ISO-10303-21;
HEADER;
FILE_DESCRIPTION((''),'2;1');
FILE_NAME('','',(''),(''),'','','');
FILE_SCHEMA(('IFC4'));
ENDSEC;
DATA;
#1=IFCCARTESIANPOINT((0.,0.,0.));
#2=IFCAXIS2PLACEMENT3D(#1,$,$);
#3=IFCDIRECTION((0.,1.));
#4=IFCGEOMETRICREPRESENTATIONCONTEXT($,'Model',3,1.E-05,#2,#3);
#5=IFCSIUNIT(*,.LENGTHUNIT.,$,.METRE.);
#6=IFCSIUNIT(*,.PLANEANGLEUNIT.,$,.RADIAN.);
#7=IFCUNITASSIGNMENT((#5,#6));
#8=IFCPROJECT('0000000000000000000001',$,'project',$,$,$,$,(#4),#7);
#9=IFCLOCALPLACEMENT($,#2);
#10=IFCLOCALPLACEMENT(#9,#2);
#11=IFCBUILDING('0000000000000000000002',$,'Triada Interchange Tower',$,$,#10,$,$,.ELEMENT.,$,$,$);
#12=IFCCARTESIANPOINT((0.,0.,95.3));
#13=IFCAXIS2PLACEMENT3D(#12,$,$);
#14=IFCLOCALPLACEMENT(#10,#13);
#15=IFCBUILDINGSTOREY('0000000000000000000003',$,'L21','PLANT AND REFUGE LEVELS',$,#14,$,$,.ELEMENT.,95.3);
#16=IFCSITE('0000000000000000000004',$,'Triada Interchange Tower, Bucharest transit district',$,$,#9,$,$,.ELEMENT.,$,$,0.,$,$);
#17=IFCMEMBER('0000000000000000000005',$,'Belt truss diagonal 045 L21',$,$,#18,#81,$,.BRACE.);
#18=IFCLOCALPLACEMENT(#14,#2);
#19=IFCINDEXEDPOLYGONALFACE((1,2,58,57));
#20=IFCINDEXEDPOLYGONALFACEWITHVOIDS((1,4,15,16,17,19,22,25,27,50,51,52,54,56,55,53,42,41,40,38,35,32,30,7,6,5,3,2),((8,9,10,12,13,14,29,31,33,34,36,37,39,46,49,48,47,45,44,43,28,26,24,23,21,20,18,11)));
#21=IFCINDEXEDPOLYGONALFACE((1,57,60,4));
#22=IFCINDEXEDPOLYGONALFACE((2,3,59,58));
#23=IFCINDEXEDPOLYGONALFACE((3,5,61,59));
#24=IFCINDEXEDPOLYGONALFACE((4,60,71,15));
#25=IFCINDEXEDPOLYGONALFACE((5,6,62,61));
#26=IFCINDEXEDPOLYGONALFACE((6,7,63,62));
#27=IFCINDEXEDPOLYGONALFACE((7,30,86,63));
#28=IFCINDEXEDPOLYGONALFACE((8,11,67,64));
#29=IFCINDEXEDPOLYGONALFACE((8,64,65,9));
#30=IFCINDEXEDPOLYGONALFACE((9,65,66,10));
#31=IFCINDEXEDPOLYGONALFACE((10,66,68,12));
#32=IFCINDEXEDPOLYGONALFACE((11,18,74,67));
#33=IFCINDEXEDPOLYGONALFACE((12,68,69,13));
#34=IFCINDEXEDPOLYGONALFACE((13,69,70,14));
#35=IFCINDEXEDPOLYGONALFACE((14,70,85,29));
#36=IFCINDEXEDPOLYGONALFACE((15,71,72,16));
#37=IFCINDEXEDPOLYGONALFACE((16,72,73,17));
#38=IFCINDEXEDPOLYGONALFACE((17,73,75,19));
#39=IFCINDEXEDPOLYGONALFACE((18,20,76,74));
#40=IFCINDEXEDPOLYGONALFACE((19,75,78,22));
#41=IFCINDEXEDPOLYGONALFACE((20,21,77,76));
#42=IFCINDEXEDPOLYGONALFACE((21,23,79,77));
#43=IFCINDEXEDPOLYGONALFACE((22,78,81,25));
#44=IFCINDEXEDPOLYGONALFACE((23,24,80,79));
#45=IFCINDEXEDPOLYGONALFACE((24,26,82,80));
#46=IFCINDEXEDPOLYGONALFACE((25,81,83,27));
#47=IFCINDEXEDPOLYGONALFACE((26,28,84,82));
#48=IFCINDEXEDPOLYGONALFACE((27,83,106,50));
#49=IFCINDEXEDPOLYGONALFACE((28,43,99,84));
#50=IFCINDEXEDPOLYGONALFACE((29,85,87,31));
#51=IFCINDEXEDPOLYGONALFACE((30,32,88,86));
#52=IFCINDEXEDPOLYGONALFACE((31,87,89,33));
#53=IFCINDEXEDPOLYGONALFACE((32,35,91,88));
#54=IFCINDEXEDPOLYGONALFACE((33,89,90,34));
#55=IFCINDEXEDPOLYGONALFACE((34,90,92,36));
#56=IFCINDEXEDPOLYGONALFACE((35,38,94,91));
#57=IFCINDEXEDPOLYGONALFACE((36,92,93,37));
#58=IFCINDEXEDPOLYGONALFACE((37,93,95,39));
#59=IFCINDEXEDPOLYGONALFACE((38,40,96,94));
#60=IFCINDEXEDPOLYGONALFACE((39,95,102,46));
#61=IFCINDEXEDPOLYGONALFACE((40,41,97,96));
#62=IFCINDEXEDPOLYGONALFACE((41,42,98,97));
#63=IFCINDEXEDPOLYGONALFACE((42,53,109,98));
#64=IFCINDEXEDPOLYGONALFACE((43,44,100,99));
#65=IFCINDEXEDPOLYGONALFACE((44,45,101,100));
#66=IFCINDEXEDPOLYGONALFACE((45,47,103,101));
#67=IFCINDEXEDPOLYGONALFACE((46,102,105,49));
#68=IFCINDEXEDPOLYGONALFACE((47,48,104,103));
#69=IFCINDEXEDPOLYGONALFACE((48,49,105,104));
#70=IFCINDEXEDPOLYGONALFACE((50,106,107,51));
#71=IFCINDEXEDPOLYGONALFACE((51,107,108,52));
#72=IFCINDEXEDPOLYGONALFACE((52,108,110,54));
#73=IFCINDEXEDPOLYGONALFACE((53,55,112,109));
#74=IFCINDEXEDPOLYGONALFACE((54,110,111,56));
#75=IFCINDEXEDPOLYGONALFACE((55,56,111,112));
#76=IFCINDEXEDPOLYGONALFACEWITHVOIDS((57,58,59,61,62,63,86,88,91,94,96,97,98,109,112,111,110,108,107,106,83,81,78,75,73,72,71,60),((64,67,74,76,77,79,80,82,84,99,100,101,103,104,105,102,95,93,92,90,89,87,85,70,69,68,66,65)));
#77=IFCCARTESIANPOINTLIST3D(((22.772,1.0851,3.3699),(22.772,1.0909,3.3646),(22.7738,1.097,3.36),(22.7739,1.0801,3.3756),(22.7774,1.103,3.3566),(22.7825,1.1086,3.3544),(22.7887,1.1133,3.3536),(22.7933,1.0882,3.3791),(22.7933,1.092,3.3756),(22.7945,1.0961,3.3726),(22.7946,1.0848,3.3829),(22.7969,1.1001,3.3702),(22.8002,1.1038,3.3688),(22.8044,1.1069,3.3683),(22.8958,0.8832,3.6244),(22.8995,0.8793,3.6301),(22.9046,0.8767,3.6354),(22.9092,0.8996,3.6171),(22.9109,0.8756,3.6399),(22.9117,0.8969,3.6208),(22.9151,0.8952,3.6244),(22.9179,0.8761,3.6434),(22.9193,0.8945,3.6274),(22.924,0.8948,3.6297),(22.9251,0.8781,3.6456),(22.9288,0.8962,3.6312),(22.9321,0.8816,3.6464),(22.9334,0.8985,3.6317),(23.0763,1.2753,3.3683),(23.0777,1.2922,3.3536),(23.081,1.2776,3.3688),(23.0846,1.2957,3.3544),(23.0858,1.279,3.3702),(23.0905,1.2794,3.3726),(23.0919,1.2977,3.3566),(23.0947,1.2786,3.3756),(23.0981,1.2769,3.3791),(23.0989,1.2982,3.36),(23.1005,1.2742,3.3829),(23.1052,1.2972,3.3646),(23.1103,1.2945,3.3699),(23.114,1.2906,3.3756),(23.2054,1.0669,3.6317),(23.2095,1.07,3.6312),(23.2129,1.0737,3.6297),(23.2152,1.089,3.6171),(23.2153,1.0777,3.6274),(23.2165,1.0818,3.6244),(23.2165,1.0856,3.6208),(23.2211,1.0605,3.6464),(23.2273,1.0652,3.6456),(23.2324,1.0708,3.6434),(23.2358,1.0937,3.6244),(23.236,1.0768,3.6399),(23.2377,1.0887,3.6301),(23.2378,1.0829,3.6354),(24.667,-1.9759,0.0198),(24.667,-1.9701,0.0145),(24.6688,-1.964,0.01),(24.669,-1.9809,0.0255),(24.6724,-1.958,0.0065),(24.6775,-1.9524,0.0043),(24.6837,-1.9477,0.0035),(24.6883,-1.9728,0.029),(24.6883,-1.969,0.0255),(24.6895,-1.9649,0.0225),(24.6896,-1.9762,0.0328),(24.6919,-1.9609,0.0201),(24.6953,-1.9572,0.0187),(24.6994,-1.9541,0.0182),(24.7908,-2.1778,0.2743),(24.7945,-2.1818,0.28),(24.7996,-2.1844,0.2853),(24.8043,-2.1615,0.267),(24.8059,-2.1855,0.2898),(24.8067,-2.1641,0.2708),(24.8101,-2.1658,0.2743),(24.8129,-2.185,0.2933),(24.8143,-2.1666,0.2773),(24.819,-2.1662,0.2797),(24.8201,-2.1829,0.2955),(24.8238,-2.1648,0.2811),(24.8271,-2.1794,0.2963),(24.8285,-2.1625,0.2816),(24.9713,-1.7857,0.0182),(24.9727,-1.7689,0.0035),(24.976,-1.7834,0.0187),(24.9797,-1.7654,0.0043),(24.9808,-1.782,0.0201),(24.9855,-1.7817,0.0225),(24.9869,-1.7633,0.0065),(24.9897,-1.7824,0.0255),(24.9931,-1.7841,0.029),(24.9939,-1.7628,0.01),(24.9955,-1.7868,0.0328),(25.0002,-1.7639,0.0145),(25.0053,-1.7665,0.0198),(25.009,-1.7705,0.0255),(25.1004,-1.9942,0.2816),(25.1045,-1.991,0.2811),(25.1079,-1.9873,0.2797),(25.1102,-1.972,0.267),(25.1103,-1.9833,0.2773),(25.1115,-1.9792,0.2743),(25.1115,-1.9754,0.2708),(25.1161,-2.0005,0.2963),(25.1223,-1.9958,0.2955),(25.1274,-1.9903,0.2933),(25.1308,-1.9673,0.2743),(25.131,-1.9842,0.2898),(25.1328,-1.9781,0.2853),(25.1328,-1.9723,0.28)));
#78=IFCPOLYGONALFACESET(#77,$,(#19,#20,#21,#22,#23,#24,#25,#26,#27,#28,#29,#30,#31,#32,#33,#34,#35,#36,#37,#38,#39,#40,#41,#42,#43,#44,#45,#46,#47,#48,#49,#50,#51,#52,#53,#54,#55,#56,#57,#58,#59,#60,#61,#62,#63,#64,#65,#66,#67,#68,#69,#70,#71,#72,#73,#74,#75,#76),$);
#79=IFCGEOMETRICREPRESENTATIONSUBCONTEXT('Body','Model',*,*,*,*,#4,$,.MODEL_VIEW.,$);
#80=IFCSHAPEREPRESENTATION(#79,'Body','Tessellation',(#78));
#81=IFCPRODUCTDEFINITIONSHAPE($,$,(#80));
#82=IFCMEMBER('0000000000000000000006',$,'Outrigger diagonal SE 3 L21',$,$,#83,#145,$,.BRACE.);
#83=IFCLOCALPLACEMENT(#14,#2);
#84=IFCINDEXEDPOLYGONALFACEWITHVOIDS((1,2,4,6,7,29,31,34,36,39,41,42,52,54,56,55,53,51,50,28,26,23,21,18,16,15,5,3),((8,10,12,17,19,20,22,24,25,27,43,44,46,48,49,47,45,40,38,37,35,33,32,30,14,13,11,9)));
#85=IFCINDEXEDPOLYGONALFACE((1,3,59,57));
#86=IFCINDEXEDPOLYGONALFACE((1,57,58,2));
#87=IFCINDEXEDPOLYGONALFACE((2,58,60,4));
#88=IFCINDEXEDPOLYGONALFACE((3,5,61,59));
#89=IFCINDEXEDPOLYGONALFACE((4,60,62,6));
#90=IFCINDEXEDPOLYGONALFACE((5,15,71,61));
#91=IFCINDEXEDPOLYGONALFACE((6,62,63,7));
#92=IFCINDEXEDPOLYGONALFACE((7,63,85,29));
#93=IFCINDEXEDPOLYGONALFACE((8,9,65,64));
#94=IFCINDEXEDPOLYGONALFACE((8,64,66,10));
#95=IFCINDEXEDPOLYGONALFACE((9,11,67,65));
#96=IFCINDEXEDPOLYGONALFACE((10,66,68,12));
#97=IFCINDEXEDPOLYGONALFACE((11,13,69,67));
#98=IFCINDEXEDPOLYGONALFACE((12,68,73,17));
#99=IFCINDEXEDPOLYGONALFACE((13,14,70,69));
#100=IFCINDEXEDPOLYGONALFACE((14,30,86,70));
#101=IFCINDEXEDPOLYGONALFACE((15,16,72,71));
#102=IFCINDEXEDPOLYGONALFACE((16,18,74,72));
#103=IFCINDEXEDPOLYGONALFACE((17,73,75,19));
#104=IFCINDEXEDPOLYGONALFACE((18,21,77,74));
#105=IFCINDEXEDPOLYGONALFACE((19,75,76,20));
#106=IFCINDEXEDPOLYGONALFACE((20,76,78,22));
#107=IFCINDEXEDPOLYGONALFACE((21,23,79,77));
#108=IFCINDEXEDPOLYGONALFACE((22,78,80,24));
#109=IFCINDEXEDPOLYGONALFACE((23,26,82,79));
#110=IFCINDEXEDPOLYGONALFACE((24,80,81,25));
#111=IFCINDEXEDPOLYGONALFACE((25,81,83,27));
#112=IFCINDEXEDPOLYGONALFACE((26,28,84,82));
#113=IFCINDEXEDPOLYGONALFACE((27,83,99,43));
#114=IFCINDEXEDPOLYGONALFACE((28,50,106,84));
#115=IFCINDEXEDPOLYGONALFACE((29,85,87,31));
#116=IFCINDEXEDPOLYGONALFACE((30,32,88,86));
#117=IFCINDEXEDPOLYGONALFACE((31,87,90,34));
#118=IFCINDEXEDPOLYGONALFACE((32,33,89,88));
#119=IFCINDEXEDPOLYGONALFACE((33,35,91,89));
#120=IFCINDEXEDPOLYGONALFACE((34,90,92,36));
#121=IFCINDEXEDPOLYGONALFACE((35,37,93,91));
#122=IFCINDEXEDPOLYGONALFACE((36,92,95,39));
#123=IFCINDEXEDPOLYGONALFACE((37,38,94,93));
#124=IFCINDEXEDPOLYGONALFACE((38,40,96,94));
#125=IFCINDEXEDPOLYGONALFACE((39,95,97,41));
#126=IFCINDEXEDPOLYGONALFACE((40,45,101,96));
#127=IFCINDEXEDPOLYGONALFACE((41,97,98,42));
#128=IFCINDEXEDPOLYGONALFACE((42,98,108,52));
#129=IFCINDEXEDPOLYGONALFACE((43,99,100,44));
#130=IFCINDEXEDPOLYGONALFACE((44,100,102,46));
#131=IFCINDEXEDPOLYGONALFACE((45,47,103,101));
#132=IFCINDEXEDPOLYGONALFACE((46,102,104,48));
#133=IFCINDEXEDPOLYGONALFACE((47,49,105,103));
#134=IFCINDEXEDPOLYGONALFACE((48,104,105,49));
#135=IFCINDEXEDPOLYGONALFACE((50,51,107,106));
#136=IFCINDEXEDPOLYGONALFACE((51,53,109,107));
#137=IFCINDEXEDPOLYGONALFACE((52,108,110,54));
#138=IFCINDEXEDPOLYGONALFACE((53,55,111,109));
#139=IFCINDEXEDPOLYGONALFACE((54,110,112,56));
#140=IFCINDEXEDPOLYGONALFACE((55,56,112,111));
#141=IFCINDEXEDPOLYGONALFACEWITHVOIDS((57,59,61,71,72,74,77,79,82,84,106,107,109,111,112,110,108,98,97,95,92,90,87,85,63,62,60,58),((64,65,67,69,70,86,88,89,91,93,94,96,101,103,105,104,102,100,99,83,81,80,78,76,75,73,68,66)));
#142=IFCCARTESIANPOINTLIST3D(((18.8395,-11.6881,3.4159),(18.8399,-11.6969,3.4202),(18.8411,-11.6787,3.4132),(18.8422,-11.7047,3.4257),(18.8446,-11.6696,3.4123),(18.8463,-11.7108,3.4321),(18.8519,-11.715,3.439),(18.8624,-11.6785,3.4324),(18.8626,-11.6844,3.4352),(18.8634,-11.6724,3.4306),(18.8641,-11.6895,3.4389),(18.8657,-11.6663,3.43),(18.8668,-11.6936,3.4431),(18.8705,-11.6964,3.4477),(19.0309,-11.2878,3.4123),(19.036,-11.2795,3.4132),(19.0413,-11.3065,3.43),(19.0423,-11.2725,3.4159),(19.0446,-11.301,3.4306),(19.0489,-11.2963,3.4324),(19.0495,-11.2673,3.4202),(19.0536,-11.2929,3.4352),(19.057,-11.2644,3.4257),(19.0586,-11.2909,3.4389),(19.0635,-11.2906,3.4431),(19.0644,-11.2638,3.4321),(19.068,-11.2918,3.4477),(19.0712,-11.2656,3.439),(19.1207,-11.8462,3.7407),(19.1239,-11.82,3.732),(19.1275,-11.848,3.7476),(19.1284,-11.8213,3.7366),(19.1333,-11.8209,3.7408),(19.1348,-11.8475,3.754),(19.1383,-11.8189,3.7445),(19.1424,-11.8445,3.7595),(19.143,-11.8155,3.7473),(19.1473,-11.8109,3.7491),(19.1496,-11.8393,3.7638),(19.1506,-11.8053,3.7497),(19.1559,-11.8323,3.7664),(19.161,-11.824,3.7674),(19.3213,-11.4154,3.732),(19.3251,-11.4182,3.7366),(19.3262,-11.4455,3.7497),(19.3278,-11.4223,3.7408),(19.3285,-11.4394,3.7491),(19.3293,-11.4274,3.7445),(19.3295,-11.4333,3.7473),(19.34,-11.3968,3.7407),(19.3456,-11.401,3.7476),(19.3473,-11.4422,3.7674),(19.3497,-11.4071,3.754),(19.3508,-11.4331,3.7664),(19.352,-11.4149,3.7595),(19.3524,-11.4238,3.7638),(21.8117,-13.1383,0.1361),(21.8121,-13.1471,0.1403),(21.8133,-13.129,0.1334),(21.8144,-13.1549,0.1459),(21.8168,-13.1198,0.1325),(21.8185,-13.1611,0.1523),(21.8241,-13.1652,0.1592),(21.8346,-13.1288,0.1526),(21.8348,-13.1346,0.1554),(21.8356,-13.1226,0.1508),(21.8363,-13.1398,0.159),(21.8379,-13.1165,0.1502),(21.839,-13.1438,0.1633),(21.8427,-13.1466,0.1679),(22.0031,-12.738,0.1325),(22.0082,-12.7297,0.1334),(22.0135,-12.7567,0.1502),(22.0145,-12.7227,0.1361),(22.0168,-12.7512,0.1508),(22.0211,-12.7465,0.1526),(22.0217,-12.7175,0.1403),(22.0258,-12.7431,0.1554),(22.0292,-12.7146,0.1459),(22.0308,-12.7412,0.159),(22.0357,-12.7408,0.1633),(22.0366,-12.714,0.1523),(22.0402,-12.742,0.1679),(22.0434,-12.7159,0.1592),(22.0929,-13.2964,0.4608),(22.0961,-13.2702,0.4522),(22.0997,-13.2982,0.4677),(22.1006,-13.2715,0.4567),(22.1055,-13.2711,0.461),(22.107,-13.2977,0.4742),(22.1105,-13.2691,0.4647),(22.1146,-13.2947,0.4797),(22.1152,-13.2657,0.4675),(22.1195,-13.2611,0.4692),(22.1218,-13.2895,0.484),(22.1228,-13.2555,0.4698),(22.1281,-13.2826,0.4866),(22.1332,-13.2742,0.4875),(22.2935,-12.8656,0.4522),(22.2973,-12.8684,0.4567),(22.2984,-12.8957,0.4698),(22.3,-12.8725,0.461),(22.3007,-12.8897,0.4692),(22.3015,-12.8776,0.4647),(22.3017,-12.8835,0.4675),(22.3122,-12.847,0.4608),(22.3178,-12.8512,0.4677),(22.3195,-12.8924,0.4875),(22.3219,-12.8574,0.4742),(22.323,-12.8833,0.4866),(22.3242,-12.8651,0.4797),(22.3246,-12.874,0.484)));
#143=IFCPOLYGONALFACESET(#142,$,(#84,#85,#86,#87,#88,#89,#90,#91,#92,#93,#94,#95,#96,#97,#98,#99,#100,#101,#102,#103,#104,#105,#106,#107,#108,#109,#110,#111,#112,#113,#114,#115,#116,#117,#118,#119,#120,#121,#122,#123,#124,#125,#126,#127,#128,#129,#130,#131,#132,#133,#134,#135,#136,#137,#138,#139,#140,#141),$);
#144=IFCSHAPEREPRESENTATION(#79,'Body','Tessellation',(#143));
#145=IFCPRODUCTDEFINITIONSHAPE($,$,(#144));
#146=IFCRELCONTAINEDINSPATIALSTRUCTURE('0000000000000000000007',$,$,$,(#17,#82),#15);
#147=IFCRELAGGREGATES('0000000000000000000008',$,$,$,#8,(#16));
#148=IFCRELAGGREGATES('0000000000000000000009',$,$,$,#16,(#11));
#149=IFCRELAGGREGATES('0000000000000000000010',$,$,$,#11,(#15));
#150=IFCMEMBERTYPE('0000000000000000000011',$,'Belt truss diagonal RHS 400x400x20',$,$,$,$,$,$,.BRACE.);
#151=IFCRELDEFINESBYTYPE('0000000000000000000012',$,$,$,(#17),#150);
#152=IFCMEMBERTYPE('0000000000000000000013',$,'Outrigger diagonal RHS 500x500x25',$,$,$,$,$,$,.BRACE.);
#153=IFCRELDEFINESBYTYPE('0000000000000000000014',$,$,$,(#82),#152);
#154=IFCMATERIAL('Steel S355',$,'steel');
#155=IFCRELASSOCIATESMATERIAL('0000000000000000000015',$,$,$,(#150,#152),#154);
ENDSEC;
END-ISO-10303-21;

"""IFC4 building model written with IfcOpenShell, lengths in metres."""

from ifc_helpers import new_model, si_unit, direction, frame, origin, origin_2d, place, context, subcontext, project, spatial, hollow_rectangle, extrude, material, material_profile, profile_set, type_object, element, save


model = new_model("IFC4")

# Units and contexts
model_context = context("Model", 3, precision=1e-05, world=origin(), true_north=direction((0.0, 1.0)))
body_context = subcontext(model_context, "Body", "Model", "MODEL_VIEW")
ifc_project = project(units=[si_unit("LENGTHUNIT", "METRE"), si_unit("PLANEANGLEUNIT", "RADIAN")], contexts=[model_context])

# Site, building, storey
site_placement = place(None, origin())
site = spatial("IfcSite", under=ifc_project, at=site_placement, Name="Triada Interchange Tower, Bucharest transit district", CompositionType="ELEMENT", RefElevation=0.0)
building_placement = place(site_placement, origin())
building = spatial("IfcBuilding", under=site, at=building_placement, Name="Triada Interchange Tower", CompositionType="ELEMENT")
storey_placement = place(building_placement, frame((0.0, 0.0, 95.3)))
storey = spatial("IfcBuildingStorey", under=building, at=storey_placement, Name="L21", Description="PLANT AND REFUGE LEVELS", CompositionType="ELEMENT", Elevation=95.3)

# Members
ifc_material_1 = material(Name="Steel S355", Category="steel")
ifc_material_profile_1 = material_profile(ifc_material_1, hollow_rectangle(XDim=0.3999, YDim=0.3999, WallThickness=0.02, InnerFilletRadius=0.02, OuterFilletRadius=0.03, at=origin_2d()), Name="RHS 400x400x20")
ifc_profile_set_1 = profile_set([ifc_material_profile_1], Name="Steel S355")
member_type_1 = type_object("IfcMemberType", Name="Belt truss diagonal RHS 400x400x20", PredefinedType="BRACE", material=ifc_profile_set_1)
member_1_placement = place(storey_placement, frame((24.8999, -1.9741, 0.1499), z_axis=(-0.385343, 0.622447, 0.681227), x_axis=(-0.850254, -0.526373, 0.0)))
element("IfcMember", 1, at=member_1_placement, inside=storey, type_object=member_type_1, Name="Belt truss diagonal 045 L21", PredefinedType="BRACE", context=body_context, shape_type="SweptSolid", body=[
    extrude(hollow_rectangle(XDim=0.3999, YDim=0.3999, WallThickness=0.02, InnerFilletRadius=0.02, OuterFilletRadius=0.03, at=origin_2d()), origin(), (0.0, 0.0, 1.0), 4.9177),
])
ifc_material_profile_2 = material_profile(ifc_material_1, hollow_rectangle(XDim=0.5, YDim=0.5, WallThickness=0.0249, InnerFilletRadius=0.0249, OuterFilletRadius=0.0376, at=origin_2d()), Name="RHS 500x500x25")
ifc_profile_set_2 = profile_set([ifc_material_profile_2], Name="Steel S355")
member_type_2 = type_object("IfcMemberType", Name="Outrigger diagonal RHS 500x500x25", PredefinedType="BRACE", material=ifc_profile_set_2)
for number, where, z_axis, x_axis, name in (
    (2, (19.0959, -11.5559, 3.5898), (0.638124, -0.311357, -0.704169), (0.438511, 0.898726, 0.0), "Outrigger diagonal SE 3 L21"),
):
    element("IfcMember", number, at=place(storey_placement, frame(where, z_axis=z_axis, x_axis=x_axis)), inside=storey, type_object=member_type_2, Name=name, PredefinedType="BRACE", context=body_context, shape_type="SweptSolid", body=[
        extrude(hollow_rectangle(XDim=0.5, YDim=0.5, WallThickness=0.0249, InnerFilletRadius=0.0249, OuterFilletRadius=0.0376, at=origin_2d()), origin(), (0.0, 0.0, 1.0), 4.6577),
    ])

save(model, "model.ifc")
